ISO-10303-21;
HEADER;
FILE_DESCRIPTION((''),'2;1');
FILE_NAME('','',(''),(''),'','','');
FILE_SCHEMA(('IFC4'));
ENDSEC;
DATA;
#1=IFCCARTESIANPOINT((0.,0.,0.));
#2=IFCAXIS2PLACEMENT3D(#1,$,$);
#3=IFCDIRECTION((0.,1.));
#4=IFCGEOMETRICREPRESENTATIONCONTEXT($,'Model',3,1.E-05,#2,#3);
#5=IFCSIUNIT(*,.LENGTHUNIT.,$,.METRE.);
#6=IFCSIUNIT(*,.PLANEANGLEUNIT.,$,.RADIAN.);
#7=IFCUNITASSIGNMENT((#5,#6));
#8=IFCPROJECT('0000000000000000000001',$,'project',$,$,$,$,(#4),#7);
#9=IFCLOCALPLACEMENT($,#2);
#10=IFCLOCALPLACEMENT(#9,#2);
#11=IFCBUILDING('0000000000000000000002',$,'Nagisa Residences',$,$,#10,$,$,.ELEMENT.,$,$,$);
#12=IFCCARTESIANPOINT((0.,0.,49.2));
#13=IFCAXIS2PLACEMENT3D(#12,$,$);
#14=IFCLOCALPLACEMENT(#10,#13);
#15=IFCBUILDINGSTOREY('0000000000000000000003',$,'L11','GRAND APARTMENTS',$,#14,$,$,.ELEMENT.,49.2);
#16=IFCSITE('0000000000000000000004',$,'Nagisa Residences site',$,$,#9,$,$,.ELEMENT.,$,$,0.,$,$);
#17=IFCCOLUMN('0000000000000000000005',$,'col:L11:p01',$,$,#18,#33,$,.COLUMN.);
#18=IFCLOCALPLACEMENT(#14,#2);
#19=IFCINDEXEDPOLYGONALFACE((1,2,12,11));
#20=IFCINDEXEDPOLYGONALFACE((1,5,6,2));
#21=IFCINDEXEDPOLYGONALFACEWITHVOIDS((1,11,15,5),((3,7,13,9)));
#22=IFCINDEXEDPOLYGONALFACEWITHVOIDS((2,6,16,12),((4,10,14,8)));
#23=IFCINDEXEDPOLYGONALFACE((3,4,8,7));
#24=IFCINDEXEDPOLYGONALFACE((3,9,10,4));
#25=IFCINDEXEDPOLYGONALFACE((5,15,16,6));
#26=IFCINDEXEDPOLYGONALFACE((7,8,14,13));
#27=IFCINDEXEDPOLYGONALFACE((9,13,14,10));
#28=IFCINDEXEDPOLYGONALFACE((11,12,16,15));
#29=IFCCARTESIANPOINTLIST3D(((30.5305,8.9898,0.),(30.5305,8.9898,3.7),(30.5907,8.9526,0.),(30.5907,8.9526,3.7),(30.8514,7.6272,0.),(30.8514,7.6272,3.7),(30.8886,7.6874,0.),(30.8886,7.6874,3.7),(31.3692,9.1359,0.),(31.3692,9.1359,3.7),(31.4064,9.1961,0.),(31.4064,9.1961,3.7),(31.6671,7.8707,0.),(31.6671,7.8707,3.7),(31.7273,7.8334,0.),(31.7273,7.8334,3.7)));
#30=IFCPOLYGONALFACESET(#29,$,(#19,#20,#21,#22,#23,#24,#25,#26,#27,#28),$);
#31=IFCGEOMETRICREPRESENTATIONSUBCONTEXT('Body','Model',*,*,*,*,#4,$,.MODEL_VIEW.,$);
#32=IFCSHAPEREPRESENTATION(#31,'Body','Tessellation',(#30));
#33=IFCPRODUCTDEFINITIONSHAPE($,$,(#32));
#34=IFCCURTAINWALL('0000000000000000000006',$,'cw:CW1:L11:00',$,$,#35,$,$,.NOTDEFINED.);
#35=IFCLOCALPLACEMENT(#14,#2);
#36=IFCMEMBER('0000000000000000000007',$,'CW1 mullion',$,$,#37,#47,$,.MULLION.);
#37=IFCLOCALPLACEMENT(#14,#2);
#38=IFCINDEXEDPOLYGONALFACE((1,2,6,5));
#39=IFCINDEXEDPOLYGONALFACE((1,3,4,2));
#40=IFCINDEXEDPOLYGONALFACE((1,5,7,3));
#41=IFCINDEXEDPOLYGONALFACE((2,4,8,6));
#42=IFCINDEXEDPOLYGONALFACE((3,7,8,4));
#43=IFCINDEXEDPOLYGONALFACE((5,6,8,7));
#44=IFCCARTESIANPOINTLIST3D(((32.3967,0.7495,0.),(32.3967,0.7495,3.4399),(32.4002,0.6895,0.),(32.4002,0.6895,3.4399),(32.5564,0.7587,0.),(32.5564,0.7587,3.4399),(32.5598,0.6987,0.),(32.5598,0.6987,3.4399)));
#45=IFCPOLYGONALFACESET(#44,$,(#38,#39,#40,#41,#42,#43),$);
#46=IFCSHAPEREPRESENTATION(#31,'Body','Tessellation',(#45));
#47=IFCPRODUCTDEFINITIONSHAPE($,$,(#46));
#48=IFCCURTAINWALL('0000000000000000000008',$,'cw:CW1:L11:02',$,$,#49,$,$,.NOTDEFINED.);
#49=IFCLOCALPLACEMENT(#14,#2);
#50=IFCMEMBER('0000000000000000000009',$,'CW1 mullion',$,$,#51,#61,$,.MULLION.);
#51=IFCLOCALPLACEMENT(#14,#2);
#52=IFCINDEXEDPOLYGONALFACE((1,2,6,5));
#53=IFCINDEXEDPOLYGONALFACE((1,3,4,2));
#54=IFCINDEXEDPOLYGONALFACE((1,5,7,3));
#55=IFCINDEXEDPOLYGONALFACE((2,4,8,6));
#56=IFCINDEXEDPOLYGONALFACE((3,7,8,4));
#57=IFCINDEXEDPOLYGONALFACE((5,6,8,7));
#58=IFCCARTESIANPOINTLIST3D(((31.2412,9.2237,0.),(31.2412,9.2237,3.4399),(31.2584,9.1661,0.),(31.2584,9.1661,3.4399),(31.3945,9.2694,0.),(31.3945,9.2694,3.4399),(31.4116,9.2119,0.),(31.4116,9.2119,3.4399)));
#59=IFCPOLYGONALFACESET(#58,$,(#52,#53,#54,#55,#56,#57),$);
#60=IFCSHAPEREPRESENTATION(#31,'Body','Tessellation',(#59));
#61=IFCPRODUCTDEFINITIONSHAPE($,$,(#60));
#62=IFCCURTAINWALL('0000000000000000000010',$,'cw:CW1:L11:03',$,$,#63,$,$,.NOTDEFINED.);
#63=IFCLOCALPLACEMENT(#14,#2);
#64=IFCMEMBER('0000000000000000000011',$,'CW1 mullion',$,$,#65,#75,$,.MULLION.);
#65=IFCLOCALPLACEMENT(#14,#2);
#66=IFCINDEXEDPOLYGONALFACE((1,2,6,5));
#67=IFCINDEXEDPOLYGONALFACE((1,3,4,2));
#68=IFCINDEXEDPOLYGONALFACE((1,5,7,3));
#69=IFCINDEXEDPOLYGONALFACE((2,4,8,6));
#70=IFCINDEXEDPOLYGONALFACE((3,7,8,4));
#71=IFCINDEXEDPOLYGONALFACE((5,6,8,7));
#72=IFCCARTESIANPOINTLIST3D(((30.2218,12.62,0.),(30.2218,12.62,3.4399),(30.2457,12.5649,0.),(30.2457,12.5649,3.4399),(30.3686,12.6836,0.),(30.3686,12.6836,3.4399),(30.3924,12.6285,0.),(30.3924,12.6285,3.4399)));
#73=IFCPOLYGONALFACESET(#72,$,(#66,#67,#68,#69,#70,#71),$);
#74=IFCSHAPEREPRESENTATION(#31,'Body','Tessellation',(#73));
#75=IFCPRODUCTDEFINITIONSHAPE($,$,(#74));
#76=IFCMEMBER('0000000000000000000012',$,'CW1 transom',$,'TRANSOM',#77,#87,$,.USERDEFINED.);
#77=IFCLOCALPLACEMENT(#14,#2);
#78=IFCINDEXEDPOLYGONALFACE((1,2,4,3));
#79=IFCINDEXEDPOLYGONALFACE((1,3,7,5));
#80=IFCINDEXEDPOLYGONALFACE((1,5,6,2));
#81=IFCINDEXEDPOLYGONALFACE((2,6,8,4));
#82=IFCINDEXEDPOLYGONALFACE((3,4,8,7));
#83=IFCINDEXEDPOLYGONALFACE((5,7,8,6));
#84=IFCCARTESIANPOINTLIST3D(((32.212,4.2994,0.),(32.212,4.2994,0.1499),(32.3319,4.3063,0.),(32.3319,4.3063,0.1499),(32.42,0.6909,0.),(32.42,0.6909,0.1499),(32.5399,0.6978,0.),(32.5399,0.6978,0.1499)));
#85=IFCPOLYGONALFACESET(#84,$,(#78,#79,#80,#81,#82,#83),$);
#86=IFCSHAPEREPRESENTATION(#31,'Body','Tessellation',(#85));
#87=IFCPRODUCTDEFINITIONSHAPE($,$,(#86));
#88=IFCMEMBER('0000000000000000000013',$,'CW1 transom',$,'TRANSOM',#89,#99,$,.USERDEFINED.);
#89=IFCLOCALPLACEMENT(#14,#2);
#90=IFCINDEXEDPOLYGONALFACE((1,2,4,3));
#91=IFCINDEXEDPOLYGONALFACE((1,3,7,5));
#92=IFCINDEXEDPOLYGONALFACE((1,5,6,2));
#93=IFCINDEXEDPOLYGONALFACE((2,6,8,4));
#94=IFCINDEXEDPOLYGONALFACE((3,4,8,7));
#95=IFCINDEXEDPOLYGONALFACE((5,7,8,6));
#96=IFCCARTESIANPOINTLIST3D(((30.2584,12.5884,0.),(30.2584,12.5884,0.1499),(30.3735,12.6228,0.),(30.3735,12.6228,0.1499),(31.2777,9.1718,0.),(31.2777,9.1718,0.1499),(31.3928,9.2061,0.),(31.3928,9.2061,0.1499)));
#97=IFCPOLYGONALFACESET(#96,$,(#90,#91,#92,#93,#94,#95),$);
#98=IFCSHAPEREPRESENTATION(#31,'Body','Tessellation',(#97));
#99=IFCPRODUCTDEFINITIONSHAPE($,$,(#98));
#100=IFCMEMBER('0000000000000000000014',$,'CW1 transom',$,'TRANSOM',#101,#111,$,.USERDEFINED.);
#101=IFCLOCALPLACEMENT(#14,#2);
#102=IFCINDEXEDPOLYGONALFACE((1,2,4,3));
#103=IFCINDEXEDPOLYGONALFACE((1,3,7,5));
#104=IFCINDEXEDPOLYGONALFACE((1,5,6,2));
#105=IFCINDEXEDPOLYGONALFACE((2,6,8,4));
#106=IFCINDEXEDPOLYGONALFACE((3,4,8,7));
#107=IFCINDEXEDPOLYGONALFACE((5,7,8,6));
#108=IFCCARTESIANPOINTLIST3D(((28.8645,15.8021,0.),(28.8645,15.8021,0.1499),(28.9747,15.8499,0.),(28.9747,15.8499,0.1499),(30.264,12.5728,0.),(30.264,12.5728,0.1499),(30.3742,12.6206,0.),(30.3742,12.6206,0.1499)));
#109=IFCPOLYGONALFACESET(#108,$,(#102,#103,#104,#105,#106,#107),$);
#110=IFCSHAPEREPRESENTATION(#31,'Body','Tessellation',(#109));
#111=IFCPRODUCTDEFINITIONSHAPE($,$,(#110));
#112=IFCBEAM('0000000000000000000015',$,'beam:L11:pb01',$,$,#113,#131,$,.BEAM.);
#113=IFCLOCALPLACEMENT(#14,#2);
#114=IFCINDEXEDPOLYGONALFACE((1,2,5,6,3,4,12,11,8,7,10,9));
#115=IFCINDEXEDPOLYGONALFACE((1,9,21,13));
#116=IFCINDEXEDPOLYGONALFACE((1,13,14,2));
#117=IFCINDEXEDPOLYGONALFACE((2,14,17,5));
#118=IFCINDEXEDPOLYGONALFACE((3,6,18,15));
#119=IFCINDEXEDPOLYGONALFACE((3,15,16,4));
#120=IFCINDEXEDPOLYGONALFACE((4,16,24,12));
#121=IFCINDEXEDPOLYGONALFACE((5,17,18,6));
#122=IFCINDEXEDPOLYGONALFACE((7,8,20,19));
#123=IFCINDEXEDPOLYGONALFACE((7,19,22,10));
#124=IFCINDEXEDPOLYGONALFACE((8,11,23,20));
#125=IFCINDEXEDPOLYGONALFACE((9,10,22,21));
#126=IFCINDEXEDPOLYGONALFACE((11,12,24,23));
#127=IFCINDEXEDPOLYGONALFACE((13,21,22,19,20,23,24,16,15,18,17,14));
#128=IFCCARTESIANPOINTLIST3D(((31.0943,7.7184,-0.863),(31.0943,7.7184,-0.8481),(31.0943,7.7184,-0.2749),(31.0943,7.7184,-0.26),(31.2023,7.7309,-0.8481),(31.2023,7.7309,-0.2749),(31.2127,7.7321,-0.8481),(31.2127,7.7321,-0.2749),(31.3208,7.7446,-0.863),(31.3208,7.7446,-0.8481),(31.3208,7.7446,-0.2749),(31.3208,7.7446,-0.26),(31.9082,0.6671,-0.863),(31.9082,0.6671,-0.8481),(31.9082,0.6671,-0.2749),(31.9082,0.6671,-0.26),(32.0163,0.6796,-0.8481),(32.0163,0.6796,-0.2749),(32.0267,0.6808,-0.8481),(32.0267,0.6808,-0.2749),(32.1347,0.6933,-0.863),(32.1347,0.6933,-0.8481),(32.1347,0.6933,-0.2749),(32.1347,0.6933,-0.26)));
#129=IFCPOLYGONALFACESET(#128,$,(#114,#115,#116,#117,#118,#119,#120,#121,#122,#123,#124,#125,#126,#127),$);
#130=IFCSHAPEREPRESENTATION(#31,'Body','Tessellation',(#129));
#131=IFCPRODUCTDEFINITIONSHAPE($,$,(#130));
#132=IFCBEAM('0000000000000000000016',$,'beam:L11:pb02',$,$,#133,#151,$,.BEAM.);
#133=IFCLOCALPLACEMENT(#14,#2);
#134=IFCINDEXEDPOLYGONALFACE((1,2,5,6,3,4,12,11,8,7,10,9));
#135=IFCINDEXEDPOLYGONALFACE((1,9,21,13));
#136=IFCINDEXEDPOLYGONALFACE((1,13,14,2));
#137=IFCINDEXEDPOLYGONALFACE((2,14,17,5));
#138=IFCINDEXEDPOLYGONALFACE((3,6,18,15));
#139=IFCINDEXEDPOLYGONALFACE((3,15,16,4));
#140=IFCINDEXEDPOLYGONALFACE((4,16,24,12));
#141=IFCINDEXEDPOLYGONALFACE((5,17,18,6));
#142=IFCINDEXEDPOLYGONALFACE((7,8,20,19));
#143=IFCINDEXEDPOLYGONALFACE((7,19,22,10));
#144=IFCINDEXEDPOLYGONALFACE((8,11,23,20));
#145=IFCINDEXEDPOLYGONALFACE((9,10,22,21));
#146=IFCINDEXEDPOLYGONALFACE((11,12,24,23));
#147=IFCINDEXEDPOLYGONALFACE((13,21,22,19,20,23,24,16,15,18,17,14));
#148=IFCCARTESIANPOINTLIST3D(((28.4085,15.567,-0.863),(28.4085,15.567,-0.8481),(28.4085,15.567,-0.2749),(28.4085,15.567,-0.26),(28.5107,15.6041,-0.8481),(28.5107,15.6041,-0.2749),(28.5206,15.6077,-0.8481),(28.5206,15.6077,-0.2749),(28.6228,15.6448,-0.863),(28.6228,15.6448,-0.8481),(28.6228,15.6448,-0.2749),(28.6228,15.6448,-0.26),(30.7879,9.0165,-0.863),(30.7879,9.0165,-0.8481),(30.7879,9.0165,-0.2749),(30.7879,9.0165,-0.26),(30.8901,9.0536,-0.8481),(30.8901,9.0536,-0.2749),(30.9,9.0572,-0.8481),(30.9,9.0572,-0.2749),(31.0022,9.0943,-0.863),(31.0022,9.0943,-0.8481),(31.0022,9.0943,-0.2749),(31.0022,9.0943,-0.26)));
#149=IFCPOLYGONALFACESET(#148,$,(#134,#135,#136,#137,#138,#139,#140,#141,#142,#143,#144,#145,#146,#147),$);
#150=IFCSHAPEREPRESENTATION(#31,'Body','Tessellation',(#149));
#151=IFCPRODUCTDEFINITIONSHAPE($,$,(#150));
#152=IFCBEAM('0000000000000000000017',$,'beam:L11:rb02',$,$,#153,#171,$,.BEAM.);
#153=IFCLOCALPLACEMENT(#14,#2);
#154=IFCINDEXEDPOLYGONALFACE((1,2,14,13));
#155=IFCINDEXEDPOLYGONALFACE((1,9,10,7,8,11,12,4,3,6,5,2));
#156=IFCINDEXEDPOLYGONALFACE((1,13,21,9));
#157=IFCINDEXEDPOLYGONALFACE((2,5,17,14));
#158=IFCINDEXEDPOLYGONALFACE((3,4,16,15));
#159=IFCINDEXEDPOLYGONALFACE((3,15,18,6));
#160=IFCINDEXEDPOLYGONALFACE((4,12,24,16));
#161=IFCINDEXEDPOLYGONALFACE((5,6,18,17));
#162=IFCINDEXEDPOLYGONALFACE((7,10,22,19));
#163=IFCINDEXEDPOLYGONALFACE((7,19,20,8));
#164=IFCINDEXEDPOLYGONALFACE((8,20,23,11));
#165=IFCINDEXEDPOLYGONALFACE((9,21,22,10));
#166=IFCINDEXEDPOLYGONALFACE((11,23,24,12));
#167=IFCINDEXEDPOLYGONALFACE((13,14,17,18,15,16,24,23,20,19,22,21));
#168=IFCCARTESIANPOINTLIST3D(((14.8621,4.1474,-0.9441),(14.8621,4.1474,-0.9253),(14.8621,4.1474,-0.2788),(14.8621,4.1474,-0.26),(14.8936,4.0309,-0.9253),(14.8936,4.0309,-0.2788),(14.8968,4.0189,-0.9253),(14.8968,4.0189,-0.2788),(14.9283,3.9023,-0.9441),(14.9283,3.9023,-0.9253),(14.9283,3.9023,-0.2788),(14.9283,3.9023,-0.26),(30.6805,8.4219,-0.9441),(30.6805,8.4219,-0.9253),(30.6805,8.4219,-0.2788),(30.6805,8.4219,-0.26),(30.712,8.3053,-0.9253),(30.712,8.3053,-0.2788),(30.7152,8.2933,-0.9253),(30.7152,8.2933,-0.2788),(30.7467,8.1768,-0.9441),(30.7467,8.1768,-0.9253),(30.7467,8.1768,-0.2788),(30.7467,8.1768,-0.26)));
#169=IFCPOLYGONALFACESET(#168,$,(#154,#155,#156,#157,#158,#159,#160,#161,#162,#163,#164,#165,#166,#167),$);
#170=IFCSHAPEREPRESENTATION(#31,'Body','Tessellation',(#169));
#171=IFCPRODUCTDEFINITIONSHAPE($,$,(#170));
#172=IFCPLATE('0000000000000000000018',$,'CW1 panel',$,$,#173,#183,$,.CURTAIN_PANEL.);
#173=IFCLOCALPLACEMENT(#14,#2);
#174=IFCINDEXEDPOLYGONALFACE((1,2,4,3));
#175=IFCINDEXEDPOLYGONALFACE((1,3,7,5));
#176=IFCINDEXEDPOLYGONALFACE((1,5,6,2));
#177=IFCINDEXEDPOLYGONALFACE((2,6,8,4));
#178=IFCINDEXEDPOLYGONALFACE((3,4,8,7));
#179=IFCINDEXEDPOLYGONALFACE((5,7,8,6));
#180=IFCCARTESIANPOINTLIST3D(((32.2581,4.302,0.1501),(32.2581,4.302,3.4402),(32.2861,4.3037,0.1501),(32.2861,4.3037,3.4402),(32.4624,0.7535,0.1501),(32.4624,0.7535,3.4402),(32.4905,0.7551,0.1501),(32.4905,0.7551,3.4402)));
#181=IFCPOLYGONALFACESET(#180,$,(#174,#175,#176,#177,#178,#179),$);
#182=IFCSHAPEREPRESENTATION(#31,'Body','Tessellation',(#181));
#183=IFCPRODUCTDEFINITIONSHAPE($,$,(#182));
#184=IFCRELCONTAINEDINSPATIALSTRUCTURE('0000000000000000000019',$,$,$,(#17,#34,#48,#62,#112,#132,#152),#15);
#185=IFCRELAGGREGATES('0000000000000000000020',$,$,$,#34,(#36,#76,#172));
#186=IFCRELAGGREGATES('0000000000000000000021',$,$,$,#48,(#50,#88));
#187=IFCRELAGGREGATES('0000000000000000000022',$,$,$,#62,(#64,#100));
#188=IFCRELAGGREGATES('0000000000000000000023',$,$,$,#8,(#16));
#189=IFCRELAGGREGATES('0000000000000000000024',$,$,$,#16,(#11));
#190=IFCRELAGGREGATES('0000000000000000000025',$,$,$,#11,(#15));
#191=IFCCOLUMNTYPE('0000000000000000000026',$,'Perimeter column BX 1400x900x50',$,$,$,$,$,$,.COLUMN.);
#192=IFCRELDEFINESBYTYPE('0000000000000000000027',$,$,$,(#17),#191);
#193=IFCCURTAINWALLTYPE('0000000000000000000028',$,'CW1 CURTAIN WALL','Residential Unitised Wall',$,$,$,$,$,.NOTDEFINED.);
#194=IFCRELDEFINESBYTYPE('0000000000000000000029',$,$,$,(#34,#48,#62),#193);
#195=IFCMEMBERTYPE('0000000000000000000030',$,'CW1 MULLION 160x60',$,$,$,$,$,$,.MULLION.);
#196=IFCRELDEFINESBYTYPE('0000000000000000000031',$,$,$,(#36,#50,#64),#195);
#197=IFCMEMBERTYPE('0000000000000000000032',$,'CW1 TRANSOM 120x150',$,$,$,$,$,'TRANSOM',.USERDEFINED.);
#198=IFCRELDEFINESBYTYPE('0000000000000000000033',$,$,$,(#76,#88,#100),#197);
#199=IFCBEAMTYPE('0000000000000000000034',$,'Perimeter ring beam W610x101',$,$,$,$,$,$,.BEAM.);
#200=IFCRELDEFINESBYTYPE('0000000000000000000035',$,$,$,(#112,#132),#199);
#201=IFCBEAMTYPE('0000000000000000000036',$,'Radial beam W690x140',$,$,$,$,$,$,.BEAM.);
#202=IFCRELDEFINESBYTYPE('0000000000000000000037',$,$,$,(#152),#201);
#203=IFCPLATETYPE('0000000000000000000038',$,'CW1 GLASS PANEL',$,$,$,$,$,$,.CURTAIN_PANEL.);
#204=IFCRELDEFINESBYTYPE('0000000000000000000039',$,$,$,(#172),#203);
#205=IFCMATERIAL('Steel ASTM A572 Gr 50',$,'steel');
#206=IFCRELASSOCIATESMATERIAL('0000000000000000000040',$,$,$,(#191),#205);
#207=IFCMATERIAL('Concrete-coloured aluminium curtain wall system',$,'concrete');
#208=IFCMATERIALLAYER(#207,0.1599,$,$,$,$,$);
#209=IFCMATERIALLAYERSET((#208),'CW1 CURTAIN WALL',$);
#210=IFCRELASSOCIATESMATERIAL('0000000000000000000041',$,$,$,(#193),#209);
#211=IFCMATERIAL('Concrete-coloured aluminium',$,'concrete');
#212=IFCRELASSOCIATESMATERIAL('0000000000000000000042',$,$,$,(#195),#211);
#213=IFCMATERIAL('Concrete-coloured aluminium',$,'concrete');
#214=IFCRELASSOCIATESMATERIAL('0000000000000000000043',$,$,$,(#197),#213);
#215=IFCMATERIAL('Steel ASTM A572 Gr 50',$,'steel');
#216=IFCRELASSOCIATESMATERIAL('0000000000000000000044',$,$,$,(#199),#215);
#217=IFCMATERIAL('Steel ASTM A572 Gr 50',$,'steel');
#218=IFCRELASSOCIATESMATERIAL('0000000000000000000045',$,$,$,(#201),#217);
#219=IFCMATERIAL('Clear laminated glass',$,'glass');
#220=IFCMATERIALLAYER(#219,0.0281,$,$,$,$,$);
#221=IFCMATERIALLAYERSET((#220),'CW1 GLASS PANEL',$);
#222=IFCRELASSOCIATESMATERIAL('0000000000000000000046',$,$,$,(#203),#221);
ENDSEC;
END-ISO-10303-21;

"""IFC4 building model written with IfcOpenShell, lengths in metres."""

from ifc_helpers import new_model, si_unit, direction, frame, origin, origin_2d, place, context, subcontext, project, spatial, rectangle, hollow_rectangle, i_section, extrude, material, layer, layer_set, material_profile, profile_set, type_object, element, aggregate, save


model = new_model("IFC4")

# Units and contexts
model_context = context("Model", 3, precision=1e-05, world=origin(), true_north=direction((0.0, 1.0)))
body_context = subcontext(model_context, "Body", "Model", "MODEL_VIEW")
ifc_project = project(units=[si_unit("LENGTHUNIT", "METRE"), si_unit("PLANEANGLEUNIT", "RADIAN")], contexts=[model_context])

# Site, building, storey
site_placement = place(None, origin())
site = spatial("IfcSite", under=ifc_project, at=site_placement, Name="Nagisa Residences site", CompositionType="ELEMENT", RefElevation=0.0)
building_placement = place(site_placement, origin())
building = spatial("IfcBuilding", under=site, at=building_placement, Name="Nagisa Residences", CompositionType="ELEMENT")
storey_placement = place(building_placement, frame((0.0, 0.0, 49.2)))
storey = spatial("IfcBuildingStorey", under=building, at=storey_placement, Name="L11", Description="GRAND APARTMENTS", CompositionType="ELEMENT", Elevation=49.2)

# Column
ifc_material_1 = material(Name="Steel ASTM A572 Gr 50", Category="steel")
ifc_material_profile_1 = material_profile(ifc_material_1, hollow_rectangle(XDim=1.3999, YDim=0.8999, WallThickness=0.05, at=origin_2d()), Name="BX 1400x900x50")
ifc_profile_set_1 = profile_set([ifc_material_profile_1], Name="Steel ASTM A572 Gr 50")
column_type = type_object("IfcColumnType", Name="Perimeter column BX 1400x900x50", PredefinedType="COLUMN", material=ifc_profile_set_1)
column_placement = place(storey_placement, frame((31.1289, 8.4116, 0.0), z_axis=(0.0, 0.0, 1.0), x_axis=(-0.229202, 0.973379, 0.0)))
element("IfcColumn", 1, at=column_placement, inside=storey, type_object=column_type, Name="col:L11:p01", PredefinedType="COLUMN", context=body_context, shape_type="SweptSolid", body=[
    extrude(hollow_rectangle(XDim=1.3999, YDim=0.8999, WallThickness=0.05, at=origin_2d()), origin(), (0.0, 0.0, 1.0), 3.7),
])

# Curtain walls, members
ifc_material_2 = material(Name="Concrete-coloured aluminium curtain wall system", Category="concrete")
ifc_layer_1 = layer(ifc_material_2, 0.1599)
ifc_layer_set_1 = layer_set([ifc_layer_1], Name="CW1 CURTAIN WALL")
curtain_wall_type = type_object("IfcCurtainWallType", Name="CW1 CURTAIN WALL", Description="Residential Unitised Wall", PredefinedType="NOTDEFINED", material=ifc_layer_set_1)
curtain_wall_1_placement = place(storey_placement, origin())
curtain_wall_1 = element("IfcCurtainWall", 2, at=curtain_wall_1_placement, inside=storey, type_object=curtain_wall_type, Name="cw:CW1:L11:00", PredefinedType="NOTDEFINED")
ifc_material_3 = material(Name="Concrete-coloured aluminium", Category="concrete")
ifc_material_profile_2 = material_profile(ifc_material_3, rectangle(XDim=0.1599, YDim=0.0601, at=origin_2d()), Name="CW1 MULLION 160x60")
ifc_profile_set_2 = profile_set([ifc_material_profile_2], Name="Concrete-coloured aluminium")
member_type_1 = type_object("IfcMemberType", Name="CW1 MULLION 160x60", PredefinedType="MULLION", material=ifc_profile_set_2)
member_1_placement = place(storey_placement, frame((32.4783, 0.7241, 0.0), z_axis=(0.0, 0.0, 1.0), x_axis=(-0.998345, -0.057503, 0.0)))
member_1 = element("IfcMember", 3, at=member_1_placement, type_object=member_type_1, Name="CW1 mullion", PredefinedType="MULLION", context=body_context, shape_type="SweptSolid", body=[
    extrude(rectangle(XDim=0.1599, YDim=0.0601, at=origin_2d()), origin(), (0.0, 0.0, 1.0), 3.4399),
])
curtain_wall_2_placement = place(storey_placement, origin())
curtain_wall_2 = element("IfcCurtainWall", 4, at=curtain_wall_2_placement, inside=storey, type_object=curtain_wall_type, Name="cw:CW1:L11:02", PredefinedType="NOTDEFINED")
member_2_placement = place(storey_placement, frame((31.3264, 9.2178, 0.0), z_axis=(0.0, 0.0, 1.0), x_axis=(-0.958271, -0.28586, 0.0)))
member_2 = element("IfcMember", 5, at=member_2_placement, type_object=member_type_1, Name="CW1 mullion", PredefinedType="MULLION", context=body_context, shape_type="SweptSolid", body=[
    extrude(rectangle(XDim=0.1599, YDim=0.0601, at=origin_2d()), origin(), (0.0, 0.0, 1.0), 3.4399),
])
curtain_wall_3_placement = place(storey_placement, origin())
curtain_wall_3 = element("IfcCurtainWall", 6, at=curtain_wall_3_placement, inside=storey, type_object=curtain_wall_type, Name="cw:CW1:L11:03", PredefinedType="NOTDEFINED")
member_3_placement = place(storey_placement, frame((30.3071, 12.6243, 0.0), z_axis=(0.0, 0.0, 1.0), x_axis=(-0.917543, -0.397636, 0.0)))
member_3 = element("IfcMember", 7, at=member_3_placement, type_object=member_type_1, Name="CW1 mullion", PredefinedType="MULLION", context=body_context, shape_type="SweptSolid", body=[
    extrude(rectangle(XDim=0.1599, YDim=0.0601, at=origin_2d()), origin(), (0.0, 0.0, 1.0), 3.4399),
])

# Members
ifc_material_4 = material(Name="Concrete-coloured aluminium", Category="concrete")
ifc_material_profile_3 = material_profile(ifc_material_4, rectangle(XDim=0.1201, YDim=0.1499, at=origin_2d()), Name="CW1 TRANSOM 120x150")
ifc_profile_set_3 = profile_set([ifc_material_profile_3], Name="Concrete-coloured aluminium")
member_type_2 = type_object("IfcMemberType", Name="CW1 TRANSOM 120x150", ElementType="TRANSOM", PredefinedType="USERDEFINED", material=ifc_profile_set_3)
member_4_placement = place(storey_placement, frame((32.48, 0.6943, 0.075), z_axis=(-0.05755, 0.998343, 0.0), x_axis=(-0.998343, -0.05755, 0.0)))
member_4 = element("IfcMember", 8, at=member_4_placement, type_object=member_type_2, Name="CW1 transom", ObjectType="TRANSOM", PredefinedType="USERDEFINED", context=body_context, shape_type="SweptSolid", body=[
    extrude(rectangle(XDim=0.1201, YDim=0.1499, at=origin_2d()), origin(), (0.0, 0.0, 1.0), 3.6145),
])
member_5_placement = place(storey_placement, frame((31.3352, 9.189, 0.075), z_axis=(-0.285871, 0.958268, 0.0), x_axis=(-0.958268, -0.285871, 0.0)))
member_5 = element("IfcMember", 9, at=member_5_placement, type_object=member_type_2, Name="CW1 transom", ObjectType="TRANSOM", PredefinedType="USERDEFINED", context=body_context, shape_type="SweptSolid", body=[
    extrude(rectangle(XDim=0.1201, YDim=0.1499, at=origin_2d()), origin(), (0.0, 0.0, 1.0), 3.5654),
])
member_6_placement = place(storey_placement, frame((30.3191, 12.5967, 0.075), z_axis=(-0.397625, 0.917548, 0.0), x_axis=(-0.917548, -0.397625, 0.0)))
member_6 = element("IfcMember", 10, at=member_6_placement, type_object=member_type_2, Name="CW1 transom", ObjectType="TRANSOM", PredefinedType="USERDEFINED", context=body_context, shape_type="SweptSolid", body=[
    extrude(rectangle(XDim=0.1201, YDim=0.1499, at=origin_2d()), origin(), (0.0, 0.0, 1.0), 3.5195),
])

# Beams
ifc_material_5 = material(Name="Steel ASTM A572 Gr 50", Category="steel")
ifc_material_profile_4 = material_profile(ifc_material_5, i_section(OverallWidth=0.228, OverallDepth=0.603, WebThickness=0.0105, FlangeThickness=0.0149, at=origin_2d()), Name="W610x101")
ifc_profile_set_4 = profile_set([ifc_material_profile_4], Name="Steel ASTM A572 Gr 50")
beam_type_1 = type_object("IfcBeamType", Name="Perimeter ring beam W610x101", PredefinedType="BEAM", material=ifc_profile_set_4)
beam_1_placement = place(storey_placement, frame((32.0215, 0.6802, -0.5615), z_axis=(-0.114674, 0.993403, 0.0), x_axis=(-0.993403, -0.114674, 0.0)))
element("IfcBeam", 11, at=beam_1_placement, inside=storey, type_object=beam_type_1, Name="beam:L11:pb01", PredefinedType="BEAM", context=body_context, shape_type="SweptSolid", body=[
    extrude(i_section(OverallWidth=0.228, OverallDepth=0.603, WebThickness=0.0105, FlangeThickness=0.0149, at=origin_2d()), origin(), (0.0, 0.0, 1.0), 7.0981),
])
beam_2_placement = place(storey_placement, frame((30.895, 9.0554, -0.5615), z_axis=(-0.341411, 0.939914, 0.0), x_axis=(-0.939914, -0.341411, 0.0)))
element("IfcBeam", 12, at=beam_2_placement, inside=storey, type_object=beam_type_1, Name="beam:L11:pb02", PredefinedType="BEAM", context=body_context, shape_type="SweptSolid", body=[
    extrude(i_section(OverallWidth=0.228, OverallDepth=0.603, WebThickness=0.0105, FlangeThickness=0.0149, at=origin_2d()), origin(), (0.0, 0.0, 1.0), 6.9692),
])
ifc_material_6 = material(Name="Steel ASTM A572 Gr 50", Category="steel")
ifc_material_profile_5 = material_profile(ifc_material_6, i_section(OverallWidth=0.2539, OverallDepth=0.6841, WebThickness=0.0125, FlangeThickness=0.0188, at=origin_2d()), Name="W690x140")
ifc_profile_set_5 = profile_set([ifc_material_profile_5], Name="Steel ASTM A572 Gr 50")
beam_type_2 = type_object("IfcBeamType", Name="Radial beam W690x140", PredefinedType="BEAM", material=ifc_profile_set_5)
beam_3_placement = place(storey_placement, frame((30.7136, 8.2993, -0.6021), z_axis=(-0.965376, -0.260862, 0.0), x_axis=(0.260862, -0.965376, 0.0)))
element("IfcBeam", 13, at=beam_3_placement, inside=storey, type_object=beam_type_2, Name="beam:L11:rb02", PredefinedType="BEAM", context=body_context, shape_type="SweptSolid", body=[
    extrude(i_section(OverallWidth=0.2539, OverallDepth=0.6841, WebThickness=0.0125, FlangeThickness=0.0188, at=origin_2d()), origin(), (0.0, 0.0, 1.0), 16.3857),
])

# Plate
ifc_material_7 = material(Name="Clear laminated glass", Category="glass")
ifc_layer_2 = layer(ifc_material_7, 0.0281)
ifc_layer_set_2 = layer_set([ifc_layer_2], Name="CW1 GLASS PANEL")
plate_type = type_object("IfcPlateType", Name="CW1 GLASS PANEL", PredefinedType="CURTAIN_PANEL", material=ifc_layer_set_2)
plate_1_placement = place(storey_placement, frame((32.3743, 2.5286, 0.1501), z_axis=(0.0, 0.0, 1.0), x_axis=(-0.057503, 0.998345, 0.0)))
plate_1 = element("IfcPlate", 14, at=plate_1_placement, type_object=plate_type, Name="CW1 panel", PredefinedType="CURTAIN_PANEL", context=body_context, shape_type="SweptSolid", body=[
    extrude(rectangle(XDim=3.5544, YDim=0.0281, at=origin_2d()), origin(), (0.0, 0.0, 1.0), 3.29),
])
aggregate(curtain_wall_1, [member_1, member_4, plate_1])
aggregate(curtain_wall_2, [member_2, member_5])
aggregate(curtain_wall_3, [member_3, member_6])

save(model, "model.ifc")
